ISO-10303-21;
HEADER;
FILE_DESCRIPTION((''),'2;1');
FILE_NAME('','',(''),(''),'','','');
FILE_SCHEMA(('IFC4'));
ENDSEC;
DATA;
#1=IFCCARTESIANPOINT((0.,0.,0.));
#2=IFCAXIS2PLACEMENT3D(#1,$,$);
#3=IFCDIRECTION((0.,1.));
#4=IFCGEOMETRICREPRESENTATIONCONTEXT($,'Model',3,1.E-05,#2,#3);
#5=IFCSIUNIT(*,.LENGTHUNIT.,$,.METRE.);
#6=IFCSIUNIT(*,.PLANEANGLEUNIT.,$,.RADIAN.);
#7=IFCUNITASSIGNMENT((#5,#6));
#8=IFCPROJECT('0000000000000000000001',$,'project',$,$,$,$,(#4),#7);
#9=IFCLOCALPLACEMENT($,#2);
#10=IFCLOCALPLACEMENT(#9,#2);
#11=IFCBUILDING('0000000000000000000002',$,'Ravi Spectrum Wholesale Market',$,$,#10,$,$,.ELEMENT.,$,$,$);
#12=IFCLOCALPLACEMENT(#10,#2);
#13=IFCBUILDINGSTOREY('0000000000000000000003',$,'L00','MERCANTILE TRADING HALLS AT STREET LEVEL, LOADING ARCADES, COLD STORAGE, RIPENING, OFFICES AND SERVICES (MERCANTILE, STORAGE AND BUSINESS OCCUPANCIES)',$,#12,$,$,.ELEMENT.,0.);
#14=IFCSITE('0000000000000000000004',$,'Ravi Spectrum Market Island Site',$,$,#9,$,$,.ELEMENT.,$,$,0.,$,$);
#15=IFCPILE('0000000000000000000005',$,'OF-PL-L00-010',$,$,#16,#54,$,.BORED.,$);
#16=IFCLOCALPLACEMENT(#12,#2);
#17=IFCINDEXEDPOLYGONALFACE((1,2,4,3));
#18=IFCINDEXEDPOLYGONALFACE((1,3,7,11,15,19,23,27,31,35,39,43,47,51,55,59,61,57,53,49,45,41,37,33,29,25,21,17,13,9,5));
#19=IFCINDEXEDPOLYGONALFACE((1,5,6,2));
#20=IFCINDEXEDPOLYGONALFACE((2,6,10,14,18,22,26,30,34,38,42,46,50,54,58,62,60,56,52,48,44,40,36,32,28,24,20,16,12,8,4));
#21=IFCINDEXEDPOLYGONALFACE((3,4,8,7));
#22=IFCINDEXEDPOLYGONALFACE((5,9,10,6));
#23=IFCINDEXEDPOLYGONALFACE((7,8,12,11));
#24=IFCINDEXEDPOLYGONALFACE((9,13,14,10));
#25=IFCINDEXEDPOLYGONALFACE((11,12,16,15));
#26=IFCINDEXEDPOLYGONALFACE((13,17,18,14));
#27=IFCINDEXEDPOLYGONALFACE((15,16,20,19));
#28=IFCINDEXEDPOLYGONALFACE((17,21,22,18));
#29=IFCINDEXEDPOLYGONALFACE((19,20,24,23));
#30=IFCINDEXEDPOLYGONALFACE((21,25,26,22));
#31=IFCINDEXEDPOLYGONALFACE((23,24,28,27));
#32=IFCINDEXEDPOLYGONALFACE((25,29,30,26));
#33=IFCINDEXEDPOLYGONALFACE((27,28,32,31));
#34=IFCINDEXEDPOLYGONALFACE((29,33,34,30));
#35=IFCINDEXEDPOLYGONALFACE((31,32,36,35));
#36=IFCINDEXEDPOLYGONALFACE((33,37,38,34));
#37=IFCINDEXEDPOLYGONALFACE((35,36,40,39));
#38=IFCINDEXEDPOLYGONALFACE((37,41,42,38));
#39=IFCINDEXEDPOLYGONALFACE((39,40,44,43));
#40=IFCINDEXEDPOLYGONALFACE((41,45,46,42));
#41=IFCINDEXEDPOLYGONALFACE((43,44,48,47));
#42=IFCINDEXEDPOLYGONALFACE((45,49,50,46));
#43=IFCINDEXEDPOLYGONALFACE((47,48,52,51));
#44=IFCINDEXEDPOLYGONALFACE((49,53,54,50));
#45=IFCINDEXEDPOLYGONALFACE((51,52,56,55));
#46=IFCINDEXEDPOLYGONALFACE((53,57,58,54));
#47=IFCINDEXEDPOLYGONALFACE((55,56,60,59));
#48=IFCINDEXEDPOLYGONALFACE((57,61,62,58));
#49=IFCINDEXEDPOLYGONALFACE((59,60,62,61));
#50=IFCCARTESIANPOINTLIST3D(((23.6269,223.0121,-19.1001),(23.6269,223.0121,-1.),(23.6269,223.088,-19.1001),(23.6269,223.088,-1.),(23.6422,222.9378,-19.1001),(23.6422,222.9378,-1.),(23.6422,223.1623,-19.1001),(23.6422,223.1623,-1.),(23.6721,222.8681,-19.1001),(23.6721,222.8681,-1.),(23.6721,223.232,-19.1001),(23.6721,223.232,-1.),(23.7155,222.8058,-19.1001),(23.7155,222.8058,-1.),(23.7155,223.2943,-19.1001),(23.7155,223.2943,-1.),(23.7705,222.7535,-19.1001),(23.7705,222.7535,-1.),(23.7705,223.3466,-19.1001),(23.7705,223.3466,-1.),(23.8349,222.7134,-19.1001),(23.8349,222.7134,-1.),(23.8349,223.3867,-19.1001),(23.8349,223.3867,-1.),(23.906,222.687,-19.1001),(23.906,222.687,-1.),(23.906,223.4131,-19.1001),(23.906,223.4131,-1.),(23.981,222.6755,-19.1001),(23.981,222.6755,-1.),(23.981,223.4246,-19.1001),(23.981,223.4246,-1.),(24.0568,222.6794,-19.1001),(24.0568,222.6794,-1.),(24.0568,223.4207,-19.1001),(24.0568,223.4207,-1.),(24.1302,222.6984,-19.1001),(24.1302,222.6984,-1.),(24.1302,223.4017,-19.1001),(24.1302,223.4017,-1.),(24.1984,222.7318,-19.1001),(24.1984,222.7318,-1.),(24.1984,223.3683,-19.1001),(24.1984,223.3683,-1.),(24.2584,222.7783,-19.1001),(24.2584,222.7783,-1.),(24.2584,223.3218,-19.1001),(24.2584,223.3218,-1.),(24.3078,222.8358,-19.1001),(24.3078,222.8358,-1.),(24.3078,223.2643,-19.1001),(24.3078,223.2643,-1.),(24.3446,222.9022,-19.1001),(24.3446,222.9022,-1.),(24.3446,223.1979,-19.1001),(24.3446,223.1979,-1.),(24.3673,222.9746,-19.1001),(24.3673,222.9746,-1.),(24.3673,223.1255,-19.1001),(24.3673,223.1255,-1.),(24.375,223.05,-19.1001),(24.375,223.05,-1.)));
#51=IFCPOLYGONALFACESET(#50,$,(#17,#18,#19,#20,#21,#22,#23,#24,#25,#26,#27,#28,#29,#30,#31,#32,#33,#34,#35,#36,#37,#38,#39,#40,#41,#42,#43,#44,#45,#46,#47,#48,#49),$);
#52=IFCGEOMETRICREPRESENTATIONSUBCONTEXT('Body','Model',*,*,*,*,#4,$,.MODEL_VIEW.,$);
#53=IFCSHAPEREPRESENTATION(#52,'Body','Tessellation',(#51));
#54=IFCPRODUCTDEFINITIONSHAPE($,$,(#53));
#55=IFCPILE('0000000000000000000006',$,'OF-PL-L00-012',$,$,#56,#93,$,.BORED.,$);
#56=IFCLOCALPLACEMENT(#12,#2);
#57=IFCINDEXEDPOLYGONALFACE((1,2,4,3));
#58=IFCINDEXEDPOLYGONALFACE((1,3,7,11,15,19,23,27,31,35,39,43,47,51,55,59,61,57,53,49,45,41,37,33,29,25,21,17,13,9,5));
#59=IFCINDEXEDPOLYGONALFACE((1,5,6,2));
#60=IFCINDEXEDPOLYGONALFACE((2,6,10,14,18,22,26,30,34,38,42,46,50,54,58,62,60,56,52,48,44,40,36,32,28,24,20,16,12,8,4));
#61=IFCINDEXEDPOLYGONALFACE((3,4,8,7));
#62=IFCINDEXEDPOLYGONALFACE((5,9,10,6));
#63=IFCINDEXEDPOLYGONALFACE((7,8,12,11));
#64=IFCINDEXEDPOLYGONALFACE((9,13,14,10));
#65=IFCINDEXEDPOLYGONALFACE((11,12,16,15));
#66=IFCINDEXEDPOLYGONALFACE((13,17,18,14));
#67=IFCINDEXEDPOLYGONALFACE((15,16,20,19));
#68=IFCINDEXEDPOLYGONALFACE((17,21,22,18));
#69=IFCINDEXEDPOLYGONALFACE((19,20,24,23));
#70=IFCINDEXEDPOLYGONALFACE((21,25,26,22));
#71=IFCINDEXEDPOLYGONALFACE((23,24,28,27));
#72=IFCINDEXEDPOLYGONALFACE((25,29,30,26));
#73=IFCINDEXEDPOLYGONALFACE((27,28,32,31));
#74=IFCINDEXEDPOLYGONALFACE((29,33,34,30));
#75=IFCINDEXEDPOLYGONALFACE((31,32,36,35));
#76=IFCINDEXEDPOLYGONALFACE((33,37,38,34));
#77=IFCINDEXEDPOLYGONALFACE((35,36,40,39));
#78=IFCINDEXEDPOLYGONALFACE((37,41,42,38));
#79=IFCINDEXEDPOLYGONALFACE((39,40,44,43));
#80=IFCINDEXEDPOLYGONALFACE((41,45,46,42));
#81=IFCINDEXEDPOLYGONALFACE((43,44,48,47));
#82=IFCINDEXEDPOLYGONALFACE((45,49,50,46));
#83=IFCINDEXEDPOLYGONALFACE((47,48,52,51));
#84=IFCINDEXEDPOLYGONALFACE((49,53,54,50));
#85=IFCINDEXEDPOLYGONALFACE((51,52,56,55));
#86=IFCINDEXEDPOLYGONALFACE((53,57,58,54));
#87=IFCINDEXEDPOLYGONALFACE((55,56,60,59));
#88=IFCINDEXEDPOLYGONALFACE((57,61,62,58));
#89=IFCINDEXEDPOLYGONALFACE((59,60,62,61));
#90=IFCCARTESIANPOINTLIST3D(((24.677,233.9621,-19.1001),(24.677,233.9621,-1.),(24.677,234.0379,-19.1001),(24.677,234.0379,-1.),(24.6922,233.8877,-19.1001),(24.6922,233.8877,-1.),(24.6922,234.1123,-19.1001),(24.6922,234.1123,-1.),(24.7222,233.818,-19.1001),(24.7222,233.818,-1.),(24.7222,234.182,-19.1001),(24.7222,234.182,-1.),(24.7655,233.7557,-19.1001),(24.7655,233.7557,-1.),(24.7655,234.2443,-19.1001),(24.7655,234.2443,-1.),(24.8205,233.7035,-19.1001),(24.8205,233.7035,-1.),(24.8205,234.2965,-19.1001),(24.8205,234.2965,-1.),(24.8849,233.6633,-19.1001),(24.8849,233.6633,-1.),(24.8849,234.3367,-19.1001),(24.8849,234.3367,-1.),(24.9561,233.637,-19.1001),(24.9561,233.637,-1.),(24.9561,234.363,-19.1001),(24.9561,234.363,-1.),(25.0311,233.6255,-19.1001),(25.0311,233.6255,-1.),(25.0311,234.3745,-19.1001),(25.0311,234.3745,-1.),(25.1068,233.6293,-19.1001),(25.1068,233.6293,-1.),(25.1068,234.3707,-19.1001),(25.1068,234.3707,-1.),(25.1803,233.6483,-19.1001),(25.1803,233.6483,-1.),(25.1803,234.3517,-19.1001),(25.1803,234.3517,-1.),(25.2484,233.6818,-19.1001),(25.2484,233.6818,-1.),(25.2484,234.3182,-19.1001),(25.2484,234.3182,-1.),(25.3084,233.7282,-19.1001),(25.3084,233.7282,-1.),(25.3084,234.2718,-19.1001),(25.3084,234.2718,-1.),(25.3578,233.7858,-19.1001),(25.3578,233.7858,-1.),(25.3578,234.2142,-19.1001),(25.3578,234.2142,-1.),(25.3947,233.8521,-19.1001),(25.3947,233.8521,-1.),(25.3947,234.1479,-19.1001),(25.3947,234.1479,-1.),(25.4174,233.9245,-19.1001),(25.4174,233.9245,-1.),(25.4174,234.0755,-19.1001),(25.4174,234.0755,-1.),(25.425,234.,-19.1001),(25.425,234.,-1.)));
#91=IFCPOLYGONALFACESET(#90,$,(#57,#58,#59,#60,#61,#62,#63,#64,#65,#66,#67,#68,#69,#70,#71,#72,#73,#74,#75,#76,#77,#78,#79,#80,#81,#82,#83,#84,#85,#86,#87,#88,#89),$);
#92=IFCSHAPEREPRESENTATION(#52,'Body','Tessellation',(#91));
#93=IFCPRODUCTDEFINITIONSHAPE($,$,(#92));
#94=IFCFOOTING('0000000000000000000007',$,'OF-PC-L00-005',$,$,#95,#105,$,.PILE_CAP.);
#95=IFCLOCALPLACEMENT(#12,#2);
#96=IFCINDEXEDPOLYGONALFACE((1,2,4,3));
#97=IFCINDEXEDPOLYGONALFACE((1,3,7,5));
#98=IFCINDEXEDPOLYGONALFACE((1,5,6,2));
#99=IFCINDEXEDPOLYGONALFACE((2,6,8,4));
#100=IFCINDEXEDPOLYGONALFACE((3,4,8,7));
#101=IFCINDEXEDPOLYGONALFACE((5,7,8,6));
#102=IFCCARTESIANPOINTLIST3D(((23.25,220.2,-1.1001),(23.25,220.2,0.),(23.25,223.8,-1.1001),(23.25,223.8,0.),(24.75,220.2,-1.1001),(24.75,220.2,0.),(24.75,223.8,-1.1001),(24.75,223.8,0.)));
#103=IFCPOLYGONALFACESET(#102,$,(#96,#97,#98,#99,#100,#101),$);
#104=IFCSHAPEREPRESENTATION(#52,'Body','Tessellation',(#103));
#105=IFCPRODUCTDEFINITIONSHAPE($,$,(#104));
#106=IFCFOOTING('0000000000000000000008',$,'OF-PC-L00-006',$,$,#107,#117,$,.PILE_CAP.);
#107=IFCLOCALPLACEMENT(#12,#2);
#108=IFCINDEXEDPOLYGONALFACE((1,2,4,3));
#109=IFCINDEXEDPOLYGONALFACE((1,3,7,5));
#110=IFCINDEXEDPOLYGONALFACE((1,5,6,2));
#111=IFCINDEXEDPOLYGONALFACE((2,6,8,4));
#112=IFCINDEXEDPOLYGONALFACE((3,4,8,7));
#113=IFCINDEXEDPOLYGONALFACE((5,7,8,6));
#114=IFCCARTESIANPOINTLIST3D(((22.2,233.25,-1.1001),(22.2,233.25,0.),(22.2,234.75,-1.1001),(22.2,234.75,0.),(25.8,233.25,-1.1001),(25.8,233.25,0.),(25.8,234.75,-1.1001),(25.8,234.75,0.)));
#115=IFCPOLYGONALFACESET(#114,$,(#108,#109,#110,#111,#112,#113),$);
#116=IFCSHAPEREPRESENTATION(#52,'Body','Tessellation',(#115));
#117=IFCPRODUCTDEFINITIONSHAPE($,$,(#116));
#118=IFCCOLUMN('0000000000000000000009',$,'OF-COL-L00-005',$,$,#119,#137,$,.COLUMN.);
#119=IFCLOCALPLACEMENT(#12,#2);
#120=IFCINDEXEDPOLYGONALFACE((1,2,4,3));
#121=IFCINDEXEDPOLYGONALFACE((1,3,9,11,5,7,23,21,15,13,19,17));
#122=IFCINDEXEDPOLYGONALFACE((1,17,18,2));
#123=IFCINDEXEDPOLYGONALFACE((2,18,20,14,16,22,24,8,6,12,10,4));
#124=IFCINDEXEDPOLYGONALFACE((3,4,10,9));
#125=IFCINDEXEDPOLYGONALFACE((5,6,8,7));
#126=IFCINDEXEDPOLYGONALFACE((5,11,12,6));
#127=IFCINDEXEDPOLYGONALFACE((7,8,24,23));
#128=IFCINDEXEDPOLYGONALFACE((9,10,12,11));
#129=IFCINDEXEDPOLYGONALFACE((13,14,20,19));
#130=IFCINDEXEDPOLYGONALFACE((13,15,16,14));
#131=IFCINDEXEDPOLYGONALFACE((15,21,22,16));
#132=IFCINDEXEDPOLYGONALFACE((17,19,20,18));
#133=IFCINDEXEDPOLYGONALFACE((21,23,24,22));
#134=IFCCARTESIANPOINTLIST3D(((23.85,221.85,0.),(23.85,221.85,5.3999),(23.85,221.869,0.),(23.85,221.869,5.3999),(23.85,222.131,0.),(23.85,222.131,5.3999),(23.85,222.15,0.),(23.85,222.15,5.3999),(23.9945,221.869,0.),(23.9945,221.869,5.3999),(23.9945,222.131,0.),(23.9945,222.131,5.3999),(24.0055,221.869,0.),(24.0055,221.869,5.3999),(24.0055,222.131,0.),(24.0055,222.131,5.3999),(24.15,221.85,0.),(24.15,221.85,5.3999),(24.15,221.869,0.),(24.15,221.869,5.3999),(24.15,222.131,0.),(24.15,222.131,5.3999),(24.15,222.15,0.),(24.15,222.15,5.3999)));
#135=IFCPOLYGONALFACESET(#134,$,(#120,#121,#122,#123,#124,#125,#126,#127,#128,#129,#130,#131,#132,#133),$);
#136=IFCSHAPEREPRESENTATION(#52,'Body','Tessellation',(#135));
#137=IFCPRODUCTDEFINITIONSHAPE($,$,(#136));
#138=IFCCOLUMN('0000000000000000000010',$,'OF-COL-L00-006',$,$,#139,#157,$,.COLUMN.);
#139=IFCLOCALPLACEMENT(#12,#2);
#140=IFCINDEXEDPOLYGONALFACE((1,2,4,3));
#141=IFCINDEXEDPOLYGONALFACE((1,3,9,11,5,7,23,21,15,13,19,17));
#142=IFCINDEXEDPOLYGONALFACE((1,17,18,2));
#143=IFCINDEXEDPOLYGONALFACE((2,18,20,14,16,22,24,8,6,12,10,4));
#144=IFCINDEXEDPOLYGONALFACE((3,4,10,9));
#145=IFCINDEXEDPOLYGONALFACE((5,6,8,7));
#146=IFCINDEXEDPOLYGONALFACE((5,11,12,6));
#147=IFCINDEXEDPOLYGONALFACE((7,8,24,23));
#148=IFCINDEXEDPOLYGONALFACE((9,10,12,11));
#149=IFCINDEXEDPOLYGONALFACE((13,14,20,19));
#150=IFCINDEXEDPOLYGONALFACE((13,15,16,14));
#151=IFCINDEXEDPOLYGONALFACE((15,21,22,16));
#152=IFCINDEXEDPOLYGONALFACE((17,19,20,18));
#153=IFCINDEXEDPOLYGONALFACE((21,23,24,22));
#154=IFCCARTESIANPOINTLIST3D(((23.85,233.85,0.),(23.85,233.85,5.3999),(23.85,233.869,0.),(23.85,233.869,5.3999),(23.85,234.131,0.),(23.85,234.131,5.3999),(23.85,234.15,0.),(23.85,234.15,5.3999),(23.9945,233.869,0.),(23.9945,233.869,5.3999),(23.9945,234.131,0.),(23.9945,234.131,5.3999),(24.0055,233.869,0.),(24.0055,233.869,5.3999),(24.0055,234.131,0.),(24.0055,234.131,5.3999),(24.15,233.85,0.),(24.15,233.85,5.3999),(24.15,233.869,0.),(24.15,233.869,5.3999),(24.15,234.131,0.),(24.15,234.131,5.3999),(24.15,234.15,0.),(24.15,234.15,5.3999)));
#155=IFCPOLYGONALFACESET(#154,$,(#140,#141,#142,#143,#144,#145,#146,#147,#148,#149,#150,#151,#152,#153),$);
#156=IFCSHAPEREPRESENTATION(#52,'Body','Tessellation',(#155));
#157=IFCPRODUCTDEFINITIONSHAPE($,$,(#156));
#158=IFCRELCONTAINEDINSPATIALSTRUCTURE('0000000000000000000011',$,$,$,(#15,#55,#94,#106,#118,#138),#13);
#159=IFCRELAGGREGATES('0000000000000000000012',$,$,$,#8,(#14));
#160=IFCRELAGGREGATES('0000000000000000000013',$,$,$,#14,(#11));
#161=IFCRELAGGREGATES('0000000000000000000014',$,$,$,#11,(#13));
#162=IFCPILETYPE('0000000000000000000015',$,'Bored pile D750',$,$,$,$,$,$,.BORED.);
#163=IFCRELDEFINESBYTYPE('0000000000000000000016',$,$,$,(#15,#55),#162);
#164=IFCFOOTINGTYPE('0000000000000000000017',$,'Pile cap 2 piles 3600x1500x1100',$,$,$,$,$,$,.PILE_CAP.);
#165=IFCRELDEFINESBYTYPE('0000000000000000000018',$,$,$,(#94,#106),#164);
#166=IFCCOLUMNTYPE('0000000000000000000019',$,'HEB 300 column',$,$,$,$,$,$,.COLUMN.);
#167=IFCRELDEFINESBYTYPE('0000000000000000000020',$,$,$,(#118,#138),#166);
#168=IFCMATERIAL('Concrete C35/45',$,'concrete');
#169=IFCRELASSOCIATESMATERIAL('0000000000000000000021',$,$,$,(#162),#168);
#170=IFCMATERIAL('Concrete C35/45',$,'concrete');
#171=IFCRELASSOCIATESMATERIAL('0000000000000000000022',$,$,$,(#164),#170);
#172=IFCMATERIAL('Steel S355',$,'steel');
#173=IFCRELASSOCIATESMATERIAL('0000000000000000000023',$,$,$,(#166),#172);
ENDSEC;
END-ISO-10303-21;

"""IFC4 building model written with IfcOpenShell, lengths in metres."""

from ifc_helpers import new_model, si_unit, direction, frame, origin, origin_2d, place, context, subcontext, project, spatial, rectangle, circle, i_section, extrude, material, material_profile, profile_set, type_object, element, save


model = new_model("IFC4")

# Units and contexts
model_context = context("Model", 3, precision=1e-05, world=origin(), true_north=direction((0.0, 1.0)))
body_context = subcontext(model_context, "Body", "Model", "MODEL_VIEW")
ifc_project = project(units=[si_unit("LENGTHUNIT", "METRE"), si_unit("PLANEANGLEUNIT", "RADIAN")], contexts=[model_context])

# Site, building, storey
site_placement = place(None, origin())
site = spatial("IfcSite", under=ifc_project, at=site_placement, Name="Ravi Spectrum Market Island Site", CompositionType="ELEMENT", RefElevation=0.0)
building_placement = place(site_placement, origin())
building = spatial("IfcBuilding", under=site, at=building_placement, Name="Ravi Spectrum Wholesale Market", CompositionType="ELEMENT")
storey_placement = place(building_placement, origin())
storey = spatial("IfcBuildingStorey", under=building, at=storey_placement, Name="L00", Description="MERCANTILE TRADING HALLS AT STREET LEVEL, LOADING ARCADES, COLD STORAGE, RIPENING, OFFICES AND SERVICES (MERCANTILE, STORAGE AND BUSINESS OCCUPANCIES)", CompositionType="ELEMENT", Elevation=0.0)

# Piles
ifc_material_1 = material(Name="Concrete C35/45", Category="concrete")
ifc_material_profile_1 = material_profile(ifc_material_1, circle(Radius=0.375, at=origin_2d()))
ifc_profile_set_1 = profile_set([ifc_material_profile_1], Name="Concrete C35/45")
pile_type = type_object("IfcPileType", Name="Bored pile D750", PredefinedType="BORED", material=ifc_profile_set_1)
for number, where, z_axis, x_axis, name in (
    (1, (24.0, 223.05, -1.0), (0.0, 0.0, -1.0), (1.0, 0.0, 0.0), "OF-PL-L00-010"),
    (2, (25.05, 234.0, -1.0), (0.0, 0.0, -1.0), (1.0, 0.0, 0.0), "OF-PL-L00-012"),
):
    element("IfcPile", number, at=place(storey_placement, frame(where, z_axis=z_axis, x_axis=x_axis)), inside=storey, type_object=pile_type, Name=name, PredefinedType="BORED", context=body_context, shape_type="SweptSolid", body=[
        extrude(circle(Radius=0.375, at=origin_2d()), origin(), (0.0, 0.0, 1.0), 18.1001),
    ])

# Footings
ifc_material_2 = material(Name="Concrete C35/45", Category="concrete")
footing_type = type_object("IfcFootingType", Name="Pile cap 2 piles 3600x1500x1100", PredefinedType="PILE_CAP", material=ifc_material_2)
for number, where, z_axis, x_axis, name in (
    (3, (24.0, 222.0, -1.1001), (0.0, 0.0, 1.0), (0.0, 1.0, 0.0), "OF-PC-L00-005"),
    (4, (24.0, 234.0, -1.1001), (0.0, 0.0, 1.0), (1.0, 0.0, 0.0), "OF-PC-L00-006"),
):
    element("IfcFooting", number, at=place(storey_placement, frame(where, z_axis=z_axis, x_axis=x_axis)), inside=storey, type_object=footing_type, Name=name, PredefinedType="PILE_CAP", context=body_context, shape_type="SweptSolid", body=[
        extrude(rectangle(XDim=3.6001, YDim=1.5, at=origin_2d()), origin(), (0.0, 0.0, 1.0), 1.1001),
    ])

# Columns
ifc_material_3 = material(Name="Steel S355", Category="steel")
ifc_material_profile_2 = material_profile(ifc_material_3, i_section(OverallWidth=0.3, OverallDepth=0.3, WebThickness=0.011, FlangeThickness=0.019, at=origin_2d()))
ifc_profile_set_2 = profile_set([ifc_material_profile_2], Name="Steel S355")
column_type = type_object("IfcColumnType", Name="HEB 300 column", PredefinedType="COLUMN", material=ifc_profile_set_2)
for number, where, z_axis, x_axis, name in (
    (5, (24.0, 222.0, 0.0), (0.0, 0.0, 1.0), (1.0, 0.0, 0.0), "OF-COL-L00-005"),
    (6, (24.0, 234.0, 0.0), (0.0, 0.0, 1.0), (1.0, 0.0, 0.0), "OF-COL-L00-006"),
):
    element("IfcColumn", number, at=place(storey_placement, frame(where, z_axis=z_axis, x_axis=x_axis)), inside=storey, type_object=column_type, Name=name, PredefinedType="COLUMN", context=body_context, shape_type="SweptSolid", body=[
        extrude(i_section(OverallWidth=0.3, OverallDepth=0.3, WebThickness=0.011, FlangeThickness=0.019, at=origin_2d()), origin(), (0.0, 0.0, 1.0), 5.3999),
    ])

save(model, "model.ifc")
